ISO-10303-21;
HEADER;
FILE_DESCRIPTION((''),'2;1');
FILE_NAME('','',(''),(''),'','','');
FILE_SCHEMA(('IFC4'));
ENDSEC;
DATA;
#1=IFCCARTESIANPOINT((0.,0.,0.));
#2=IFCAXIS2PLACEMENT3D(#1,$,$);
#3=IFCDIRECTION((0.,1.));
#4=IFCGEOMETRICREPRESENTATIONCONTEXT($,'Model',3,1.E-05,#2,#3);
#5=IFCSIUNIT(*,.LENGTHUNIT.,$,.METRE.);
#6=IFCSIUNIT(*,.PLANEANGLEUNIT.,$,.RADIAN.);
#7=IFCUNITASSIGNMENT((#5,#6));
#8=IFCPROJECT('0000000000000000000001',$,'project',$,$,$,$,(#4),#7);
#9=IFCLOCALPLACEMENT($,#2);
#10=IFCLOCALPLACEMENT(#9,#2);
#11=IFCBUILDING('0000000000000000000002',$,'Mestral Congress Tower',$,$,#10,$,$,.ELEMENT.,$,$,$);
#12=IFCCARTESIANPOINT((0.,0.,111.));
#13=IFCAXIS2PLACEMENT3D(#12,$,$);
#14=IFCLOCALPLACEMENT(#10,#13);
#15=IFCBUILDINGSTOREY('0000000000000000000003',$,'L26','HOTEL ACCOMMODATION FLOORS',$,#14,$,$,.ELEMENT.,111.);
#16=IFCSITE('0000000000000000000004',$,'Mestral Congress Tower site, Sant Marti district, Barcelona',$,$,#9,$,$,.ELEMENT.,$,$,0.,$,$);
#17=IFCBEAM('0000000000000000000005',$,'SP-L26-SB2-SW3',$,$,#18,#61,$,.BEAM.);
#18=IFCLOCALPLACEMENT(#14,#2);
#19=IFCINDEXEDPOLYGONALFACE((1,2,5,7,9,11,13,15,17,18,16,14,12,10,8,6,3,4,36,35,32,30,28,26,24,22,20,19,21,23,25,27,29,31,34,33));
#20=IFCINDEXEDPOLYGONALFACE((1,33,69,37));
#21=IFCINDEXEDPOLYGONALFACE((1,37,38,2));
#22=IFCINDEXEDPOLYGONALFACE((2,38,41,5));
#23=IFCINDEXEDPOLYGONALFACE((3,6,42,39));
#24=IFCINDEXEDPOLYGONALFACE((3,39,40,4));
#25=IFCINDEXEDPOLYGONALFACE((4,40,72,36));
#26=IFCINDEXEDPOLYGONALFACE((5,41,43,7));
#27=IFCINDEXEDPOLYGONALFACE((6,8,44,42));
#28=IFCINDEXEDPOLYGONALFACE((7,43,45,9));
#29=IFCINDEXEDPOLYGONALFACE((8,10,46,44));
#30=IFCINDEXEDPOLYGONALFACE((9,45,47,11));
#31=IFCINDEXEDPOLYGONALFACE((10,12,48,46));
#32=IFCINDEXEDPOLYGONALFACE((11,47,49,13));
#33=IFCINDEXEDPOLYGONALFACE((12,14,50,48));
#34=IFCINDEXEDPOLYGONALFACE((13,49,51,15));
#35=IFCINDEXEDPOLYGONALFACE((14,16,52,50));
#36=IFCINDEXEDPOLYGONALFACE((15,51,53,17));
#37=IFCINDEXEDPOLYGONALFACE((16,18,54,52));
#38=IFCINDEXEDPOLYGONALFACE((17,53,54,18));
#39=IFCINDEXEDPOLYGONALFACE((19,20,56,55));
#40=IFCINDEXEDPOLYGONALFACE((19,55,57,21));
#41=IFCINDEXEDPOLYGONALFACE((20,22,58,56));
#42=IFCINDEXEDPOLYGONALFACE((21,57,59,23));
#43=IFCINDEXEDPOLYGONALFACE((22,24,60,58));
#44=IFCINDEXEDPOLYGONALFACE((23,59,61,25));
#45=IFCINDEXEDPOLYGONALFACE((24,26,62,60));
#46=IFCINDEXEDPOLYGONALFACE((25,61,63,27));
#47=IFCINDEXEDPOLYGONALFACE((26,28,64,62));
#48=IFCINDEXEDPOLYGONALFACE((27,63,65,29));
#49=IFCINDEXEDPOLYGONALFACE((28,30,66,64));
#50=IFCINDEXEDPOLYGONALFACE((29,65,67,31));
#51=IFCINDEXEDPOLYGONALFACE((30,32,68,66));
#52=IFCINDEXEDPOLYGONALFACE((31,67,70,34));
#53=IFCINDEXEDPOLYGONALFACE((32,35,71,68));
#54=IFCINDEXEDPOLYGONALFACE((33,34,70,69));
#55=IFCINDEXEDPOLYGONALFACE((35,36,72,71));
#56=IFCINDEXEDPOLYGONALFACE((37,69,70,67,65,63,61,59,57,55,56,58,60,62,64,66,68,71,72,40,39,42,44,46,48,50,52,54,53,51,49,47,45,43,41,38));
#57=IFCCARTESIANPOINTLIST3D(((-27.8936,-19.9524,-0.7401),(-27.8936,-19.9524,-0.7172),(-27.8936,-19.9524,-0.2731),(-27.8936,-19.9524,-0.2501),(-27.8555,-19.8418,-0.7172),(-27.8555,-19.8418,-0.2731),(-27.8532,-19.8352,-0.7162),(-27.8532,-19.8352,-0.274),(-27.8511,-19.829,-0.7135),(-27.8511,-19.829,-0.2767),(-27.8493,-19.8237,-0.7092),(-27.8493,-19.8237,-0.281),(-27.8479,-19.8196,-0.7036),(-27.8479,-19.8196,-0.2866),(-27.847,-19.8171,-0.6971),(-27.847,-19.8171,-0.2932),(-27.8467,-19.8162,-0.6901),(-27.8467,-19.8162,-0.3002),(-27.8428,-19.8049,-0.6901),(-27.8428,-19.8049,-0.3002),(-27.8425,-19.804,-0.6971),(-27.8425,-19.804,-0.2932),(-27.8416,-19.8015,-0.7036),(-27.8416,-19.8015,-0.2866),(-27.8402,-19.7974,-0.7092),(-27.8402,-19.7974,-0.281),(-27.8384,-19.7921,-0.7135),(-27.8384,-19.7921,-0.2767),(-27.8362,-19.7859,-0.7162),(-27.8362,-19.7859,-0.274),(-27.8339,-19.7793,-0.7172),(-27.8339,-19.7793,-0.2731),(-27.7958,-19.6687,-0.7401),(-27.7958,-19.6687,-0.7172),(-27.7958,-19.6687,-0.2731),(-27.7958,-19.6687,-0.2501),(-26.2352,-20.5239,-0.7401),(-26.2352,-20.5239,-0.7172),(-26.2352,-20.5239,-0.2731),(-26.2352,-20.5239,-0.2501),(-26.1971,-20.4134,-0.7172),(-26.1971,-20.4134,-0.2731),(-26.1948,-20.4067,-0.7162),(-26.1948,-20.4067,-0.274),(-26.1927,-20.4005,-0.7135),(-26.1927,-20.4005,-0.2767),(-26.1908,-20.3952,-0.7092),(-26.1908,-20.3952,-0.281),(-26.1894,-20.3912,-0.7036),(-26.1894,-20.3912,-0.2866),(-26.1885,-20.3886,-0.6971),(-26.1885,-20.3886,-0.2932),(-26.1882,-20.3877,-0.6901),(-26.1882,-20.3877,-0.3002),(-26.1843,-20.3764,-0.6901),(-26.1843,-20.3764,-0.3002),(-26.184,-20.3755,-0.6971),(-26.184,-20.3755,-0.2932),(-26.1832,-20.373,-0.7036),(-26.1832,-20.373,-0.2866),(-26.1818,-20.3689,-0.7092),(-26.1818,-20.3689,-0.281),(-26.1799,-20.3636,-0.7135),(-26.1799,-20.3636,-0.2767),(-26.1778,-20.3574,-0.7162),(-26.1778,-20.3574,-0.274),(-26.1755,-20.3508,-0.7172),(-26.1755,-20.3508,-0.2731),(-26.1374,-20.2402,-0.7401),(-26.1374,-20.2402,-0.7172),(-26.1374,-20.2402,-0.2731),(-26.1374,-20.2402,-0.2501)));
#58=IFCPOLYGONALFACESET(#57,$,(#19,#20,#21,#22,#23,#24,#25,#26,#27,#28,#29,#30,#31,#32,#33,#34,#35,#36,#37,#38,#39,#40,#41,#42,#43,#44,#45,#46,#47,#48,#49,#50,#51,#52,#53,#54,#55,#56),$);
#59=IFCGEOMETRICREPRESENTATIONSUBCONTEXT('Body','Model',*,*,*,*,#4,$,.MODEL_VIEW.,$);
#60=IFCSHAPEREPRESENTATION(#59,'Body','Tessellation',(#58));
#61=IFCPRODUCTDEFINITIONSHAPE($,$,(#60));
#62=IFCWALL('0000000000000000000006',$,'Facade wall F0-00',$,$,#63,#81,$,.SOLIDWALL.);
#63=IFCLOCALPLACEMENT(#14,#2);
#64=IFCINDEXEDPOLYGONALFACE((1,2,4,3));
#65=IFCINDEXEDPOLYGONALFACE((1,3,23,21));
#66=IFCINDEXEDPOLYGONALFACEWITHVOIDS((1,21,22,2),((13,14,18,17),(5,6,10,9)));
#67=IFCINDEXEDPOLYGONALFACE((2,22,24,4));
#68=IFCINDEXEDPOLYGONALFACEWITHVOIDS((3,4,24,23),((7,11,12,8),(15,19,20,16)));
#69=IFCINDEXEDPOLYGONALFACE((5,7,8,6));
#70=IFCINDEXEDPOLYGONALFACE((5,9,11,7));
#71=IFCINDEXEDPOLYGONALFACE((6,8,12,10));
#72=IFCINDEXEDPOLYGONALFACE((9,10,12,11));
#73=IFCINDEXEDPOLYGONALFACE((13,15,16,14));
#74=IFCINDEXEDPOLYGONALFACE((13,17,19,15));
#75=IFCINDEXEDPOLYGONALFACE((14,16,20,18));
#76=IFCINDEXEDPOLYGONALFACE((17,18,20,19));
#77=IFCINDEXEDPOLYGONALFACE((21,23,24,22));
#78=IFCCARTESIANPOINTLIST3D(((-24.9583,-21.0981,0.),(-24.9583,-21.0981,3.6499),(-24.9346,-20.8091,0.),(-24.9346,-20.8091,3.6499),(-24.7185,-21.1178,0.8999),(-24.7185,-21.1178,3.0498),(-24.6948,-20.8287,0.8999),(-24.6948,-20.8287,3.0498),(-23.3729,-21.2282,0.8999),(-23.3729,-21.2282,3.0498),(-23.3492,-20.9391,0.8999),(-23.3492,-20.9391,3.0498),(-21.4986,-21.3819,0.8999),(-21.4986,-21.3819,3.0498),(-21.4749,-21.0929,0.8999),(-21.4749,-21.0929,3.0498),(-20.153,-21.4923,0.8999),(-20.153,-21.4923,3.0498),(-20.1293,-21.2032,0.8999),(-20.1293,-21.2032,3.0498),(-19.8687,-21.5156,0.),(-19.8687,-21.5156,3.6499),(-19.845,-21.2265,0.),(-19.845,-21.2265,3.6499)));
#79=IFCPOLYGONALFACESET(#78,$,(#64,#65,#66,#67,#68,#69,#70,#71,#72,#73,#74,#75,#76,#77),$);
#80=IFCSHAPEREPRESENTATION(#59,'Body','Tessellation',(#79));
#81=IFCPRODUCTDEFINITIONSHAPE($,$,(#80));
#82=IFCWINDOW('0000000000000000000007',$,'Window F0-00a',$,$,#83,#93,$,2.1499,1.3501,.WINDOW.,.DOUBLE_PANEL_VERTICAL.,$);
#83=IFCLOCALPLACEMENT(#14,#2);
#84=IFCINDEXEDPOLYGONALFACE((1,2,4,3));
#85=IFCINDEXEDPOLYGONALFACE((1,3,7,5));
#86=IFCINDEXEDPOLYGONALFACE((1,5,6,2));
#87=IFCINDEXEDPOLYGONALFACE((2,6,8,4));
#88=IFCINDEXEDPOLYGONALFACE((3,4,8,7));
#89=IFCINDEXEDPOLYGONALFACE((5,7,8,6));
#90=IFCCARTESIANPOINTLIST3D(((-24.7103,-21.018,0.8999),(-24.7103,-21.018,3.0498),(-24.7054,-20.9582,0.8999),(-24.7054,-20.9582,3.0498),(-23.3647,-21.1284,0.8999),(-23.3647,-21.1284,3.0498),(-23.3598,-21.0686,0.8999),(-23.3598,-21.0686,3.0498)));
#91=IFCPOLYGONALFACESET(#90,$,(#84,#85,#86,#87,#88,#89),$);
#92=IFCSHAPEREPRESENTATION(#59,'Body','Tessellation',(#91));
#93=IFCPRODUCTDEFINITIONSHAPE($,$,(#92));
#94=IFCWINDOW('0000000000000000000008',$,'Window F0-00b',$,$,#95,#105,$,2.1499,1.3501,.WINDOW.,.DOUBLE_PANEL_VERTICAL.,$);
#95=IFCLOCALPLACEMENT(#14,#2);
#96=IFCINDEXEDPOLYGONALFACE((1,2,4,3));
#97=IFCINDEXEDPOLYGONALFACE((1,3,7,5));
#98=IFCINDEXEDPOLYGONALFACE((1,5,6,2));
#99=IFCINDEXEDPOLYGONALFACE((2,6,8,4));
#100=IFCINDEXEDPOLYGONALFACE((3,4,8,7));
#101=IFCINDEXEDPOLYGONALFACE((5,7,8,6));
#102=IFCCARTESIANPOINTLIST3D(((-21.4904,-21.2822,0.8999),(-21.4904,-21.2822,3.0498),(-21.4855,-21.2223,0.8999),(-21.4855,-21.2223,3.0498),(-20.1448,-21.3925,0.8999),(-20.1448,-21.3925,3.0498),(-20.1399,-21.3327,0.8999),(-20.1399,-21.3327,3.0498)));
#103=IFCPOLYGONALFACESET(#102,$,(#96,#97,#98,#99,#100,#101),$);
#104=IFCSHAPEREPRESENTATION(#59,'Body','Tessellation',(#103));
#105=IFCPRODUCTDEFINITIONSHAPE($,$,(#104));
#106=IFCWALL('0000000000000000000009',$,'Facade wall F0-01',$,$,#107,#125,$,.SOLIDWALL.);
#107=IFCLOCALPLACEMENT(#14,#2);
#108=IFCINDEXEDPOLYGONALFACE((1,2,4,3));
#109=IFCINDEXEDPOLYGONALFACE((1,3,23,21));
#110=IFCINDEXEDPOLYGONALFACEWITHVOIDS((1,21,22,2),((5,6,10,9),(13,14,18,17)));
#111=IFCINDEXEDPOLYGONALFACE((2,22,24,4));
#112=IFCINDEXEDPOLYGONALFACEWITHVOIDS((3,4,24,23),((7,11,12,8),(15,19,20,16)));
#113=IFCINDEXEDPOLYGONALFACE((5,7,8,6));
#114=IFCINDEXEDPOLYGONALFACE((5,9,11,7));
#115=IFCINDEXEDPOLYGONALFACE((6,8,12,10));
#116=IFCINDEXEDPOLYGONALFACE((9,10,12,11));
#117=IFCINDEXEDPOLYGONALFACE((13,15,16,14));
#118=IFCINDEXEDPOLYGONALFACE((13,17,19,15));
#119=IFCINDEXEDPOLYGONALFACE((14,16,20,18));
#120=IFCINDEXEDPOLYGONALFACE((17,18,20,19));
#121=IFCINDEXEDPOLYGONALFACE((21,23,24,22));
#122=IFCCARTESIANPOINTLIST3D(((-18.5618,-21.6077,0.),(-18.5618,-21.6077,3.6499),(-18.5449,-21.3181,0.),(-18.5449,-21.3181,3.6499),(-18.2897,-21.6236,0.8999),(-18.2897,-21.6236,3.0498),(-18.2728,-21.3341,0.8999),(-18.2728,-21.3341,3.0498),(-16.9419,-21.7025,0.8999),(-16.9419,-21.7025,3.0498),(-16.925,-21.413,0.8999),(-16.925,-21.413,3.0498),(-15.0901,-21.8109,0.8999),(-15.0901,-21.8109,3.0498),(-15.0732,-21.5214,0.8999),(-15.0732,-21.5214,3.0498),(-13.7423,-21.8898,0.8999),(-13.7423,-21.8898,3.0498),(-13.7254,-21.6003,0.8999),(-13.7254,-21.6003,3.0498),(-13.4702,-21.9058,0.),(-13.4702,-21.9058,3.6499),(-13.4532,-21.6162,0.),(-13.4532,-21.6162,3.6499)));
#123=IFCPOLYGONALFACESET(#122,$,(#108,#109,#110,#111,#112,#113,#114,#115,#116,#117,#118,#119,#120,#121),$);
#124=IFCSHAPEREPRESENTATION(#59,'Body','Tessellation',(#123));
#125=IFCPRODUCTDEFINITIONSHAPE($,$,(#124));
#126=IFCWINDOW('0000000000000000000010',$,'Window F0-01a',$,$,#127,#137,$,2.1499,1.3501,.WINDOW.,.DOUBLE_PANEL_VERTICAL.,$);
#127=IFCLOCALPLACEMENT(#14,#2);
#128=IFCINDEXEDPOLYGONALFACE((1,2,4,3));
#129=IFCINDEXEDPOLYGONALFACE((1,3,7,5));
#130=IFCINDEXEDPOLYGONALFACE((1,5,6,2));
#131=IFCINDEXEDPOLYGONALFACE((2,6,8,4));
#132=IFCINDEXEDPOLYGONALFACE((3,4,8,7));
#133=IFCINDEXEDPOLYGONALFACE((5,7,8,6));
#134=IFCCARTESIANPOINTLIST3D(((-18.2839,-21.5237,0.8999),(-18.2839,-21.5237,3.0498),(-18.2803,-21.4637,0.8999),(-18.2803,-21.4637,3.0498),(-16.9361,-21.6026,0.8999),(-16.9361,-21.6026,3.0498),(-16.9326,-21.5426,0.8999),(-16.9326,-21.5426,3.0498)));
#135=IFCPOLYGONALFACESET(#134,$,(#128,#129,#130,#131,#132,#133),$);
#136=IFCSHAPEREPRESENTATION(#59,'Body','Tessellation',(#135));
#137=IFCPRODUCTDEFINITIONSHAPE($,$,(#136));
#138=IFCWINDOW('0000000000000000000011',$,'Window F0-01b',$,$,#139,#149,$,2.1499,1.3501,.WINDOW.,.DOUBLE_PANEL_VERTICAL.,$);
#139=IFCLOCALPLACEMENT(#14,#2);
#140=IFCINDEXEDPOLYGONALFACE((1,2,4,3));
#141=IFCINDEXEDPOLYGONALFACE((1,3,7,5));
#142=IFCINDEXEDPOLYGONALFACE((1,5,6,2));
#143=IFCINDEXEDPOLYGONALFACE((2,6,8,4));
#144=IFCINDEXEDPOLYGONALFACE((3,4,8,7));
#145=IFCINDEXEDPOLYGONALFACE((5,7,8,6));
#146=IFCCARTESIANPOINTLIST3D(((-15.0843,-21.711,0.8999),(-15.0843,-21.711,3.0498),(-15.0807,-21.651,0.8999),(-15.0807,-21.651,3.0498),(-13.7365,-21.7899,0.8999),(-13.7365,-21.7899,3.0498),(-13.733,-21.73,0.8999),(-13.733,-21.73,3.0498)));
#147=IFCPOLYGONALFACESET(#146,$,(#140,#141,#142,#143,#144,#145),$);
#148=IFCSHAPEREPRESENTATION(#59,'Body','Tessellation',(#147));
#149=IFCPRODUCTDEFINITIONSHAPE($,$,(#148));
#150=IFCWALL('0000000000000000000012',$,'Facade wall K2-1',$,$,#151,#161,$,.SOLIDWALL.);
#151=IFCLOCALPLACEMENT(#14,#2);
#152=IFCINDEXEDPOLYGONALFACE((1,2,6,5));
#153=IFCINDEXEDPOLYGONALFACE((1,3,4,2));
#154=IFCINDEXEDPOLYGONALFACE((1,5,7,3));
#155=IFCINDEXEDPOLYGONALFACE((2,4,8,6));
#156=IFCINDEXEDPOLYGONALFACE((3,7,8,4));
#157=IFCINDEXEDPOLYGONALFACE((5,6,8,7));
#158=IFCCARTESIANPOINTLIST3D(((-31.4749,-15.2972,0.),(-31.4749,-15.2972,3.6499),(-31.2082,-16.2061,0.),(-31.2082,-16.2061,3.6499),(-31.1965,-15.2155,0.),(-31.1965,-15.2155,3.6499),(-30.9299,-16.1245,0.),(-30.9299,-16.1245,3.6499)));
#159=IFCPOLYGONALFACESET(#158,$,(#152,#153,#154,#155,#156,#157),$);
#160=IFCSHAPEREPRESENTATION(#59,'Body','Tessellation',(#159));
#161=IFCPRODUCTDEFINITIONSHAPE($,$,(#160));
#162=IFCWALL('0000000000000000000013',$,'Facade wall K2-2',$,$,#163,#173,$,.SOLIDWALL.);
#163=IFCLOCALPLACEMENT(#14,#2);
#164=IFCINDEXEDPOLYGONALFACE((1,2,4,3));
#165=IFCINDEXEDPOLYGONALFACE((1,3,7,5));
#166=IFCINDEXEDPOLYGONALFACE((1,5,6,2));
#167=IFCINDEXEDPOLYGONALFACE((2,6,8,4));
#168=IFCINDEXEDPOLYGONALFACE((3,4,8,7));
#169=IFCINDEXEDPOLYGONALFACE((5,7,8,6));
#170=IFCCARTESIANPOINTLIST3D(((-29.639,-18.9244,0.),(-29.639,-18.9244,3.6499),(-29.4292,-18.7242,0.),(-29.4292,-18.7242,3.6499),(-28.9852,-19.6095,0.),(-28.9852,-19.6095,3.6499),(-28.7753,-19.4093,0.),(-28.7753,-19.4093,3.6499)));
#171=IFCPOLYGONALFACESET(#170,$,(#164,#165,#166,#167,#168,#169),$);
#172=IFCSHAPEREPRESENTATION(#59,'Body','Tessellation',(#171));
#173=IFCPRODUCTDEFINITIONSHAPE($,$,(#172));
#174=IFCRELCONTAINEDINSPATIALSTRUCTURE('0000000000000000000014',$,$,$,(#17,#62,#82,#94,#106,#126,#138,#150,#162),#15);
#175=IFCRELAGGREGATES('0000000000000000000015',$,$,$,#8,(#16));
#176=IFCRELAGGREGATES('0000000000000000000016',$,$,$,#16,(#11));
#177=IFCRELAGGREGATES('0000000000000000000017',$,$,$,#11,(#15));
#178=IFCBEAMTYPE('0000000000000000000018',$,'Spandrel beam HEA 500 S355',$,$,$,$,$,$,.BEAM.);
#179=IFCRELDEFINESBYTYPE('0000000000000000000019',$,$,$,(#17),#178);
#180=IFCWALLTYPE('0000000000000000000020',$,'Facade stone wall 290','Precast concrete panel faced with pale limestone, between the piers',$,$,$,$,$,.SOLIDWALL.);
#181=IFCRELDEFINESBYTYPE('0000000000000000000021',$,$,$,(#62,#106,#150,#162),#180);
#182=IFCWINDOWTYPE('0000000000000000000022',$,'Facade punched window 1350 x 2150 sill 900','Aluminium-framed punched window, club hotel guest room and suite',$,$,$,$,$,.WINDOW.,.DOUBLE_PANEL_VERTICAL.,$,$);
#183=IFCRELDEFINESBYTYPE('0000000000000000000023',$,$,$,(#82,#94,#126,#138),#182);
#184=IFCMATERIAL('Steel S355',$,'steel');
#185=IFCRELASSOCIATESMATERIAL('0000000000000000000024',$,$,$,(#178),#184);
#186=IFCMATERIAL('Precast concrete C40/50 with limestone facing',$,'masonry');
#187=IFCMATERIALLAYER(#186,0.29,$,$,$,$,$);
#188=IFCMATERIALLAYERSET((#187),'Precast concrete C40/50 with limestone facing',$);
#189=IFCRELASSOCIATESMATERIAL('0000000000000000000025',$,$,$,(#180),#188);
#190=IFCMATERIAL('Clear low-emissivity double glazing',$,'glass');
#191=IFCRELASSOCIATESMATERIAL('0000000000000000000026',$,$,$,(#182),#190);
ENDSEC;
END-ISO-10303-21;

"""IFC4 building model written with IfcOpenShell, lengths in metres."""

from ifc_helpers import new_model, si_unit, direction, frame, frame_2d, origin, origin_2d, place, context, subcontext, project, spatial, rectangle, i_section, extrude, material, layer, layer_set, material_profile, profile_set, type_object, element, fill, save


model = new_model("IFC4")

# Units and contexts
model_context = context("Model", 3, precision=1e-05, world=origin(), true_north=direction((0.0, 1.0)))
body_context = subcontext(model_context, "Body", "Model", "MODEL_VIEW")
ifc_project = project(units=[si_unit("LENGTHUNIT", "METRE"), si_unit("PLANEANGLEUNIT", "RADIAN")], contexts=[model_context])

# Site, building, storey
site_placement = place(None, origin())
site = spatial("IfcSite", under=ifc_project, at=site_placement, Name="Mestral Congress Tower site, Sant Marti district, Barcelona", CompositionType="ELEMENT", RefElevation=0.0)
building_placement = place(site_placement, origin())
building = spatial("IfcBuilding", under=site, at=building_placement, Name="Mestral Congress Tower", CompositionType="ELEMENT")
storey_placement = place(building_placement, frame((0.0, 0.0, 111.0)))
storey = spatial("IfcBuildingStorey", under=building, at=storey_placement, Name="L26", Description="HOTEL ACCOMMODATION FLOORS", CompositionType="ELEMENT", Elevation=111.0)

# Beam
ifc_material_1 = material(Name="Steel S355", Category="steel")
ifc_material_profile_1 = material_profile(ifc_material_1, i_section(OverallWidth=0.3, OverallDepth=0.49, WebThickness=0.012, FlangeThickness=0.0229, FilletRadius=0.0271, at=origin_2d()), Name="HEA 500")
ifc_profile_set_1 = profile_set([ifc_material_profile_1], Name="Steel S355")
beam_type_1 = type_object("IfcBeamType", Name="Spandrel beam HEA 500 S355", PredefinedType="BEAM", material=ifc_profile_set_1)
beam_1_placement = place(storey_placement, frame((-27.8447, -19.8105, -0.4951), z_axis=(0.945434, -0.325815, 0.0), x_axis=(0.325815, 0.945434, 0.0)))
element("IfcBeam", 1, at=beam_1_placement, inside=storey, type_object=beam_type_1, Name="SP-L26-SB2-SW3", PredefinedType="BEAM", context=body_context, shape_type="SweptSolid", body=[
    extrude(i_section(OverallWidth=0.3, OverallDepth=0.49, WebThickness=0.012, FlangeThickness=0.0229, FilletRadius=0.0271, at=origin_2d()), origin(), (0.0, 0.0, 1.0), 1.7542),
])

# Walls, openings, windows
ifc_material_2 = material(Name="Precast concrete C40/50 with limestone facing", Category="masonry")
ifc_layer_1 = layer(ifc_material_2, 0.29)
ifc_layer_set_1 = layer_set([ifc_layer_1], Name="Precast concrete C40/50 with limestone facing")
wall_type_1 = type_object("IfcWallType", Name="Facade stone wall 290", Description="Precast concrete panel faced with pale limestone, between the piers", PredefinedType="SOLIDWALL", material=ifc_layer_set_1)
wall_1_placement = place(storey_placement, frame((-24.9463, -20.9536, 0.0), z_axis=(0.0, 0.0, 1.0), x_axis=(0.996653, -0.081752, 0.0)))
wall_1 = element("IfcWall", 2, at=wall_1_placement, inside=storey, type_object=wall_type_1, Name="Facade wall F0-00", PredefinedType="SOLIDWALL", context=body_context, shape_type="SweptSolid", body=[
    extrude(rectangle(XDim=5.1067, YDim=0.29, at=frame_2d((2.5532, 0.0))), origin(), (0.0, 0.0, 1.0), 3.6499),
])
opening_1_placement = place(wall_1_placement, frame((0.2405, 0.0, 0.8999)))
opening_1 = element("IfcOpeningElement", 3, at=opening_1_placement, cuts=wall_1, PredefinedType="OPENING", context=body_context, shape_type="SweptSolid", body=[
    extrude(rectangle(XDim=1.3501, YDim=2.1499, at=frame_2d((0.675, 1.075))), frame((0.0, 0.155, 0.0), z_axis=(0.0, -1.0, 0.0), x_axis=(1.0, 0.0, 0.0)), (0.0, 0.0, 1.0), 0.3101),
])
opening_2_placement = place(wall_1_placement, frame((3.4712, 0.0, 0.8999)))
opening_2 = element("IfcOpeningElement", 4, at=opening_2_placement, cuts=wall_1, PredefinedType="OPENING", context=body_context, shape_type="SweptSolid", body=[
    extrude(rectangle(XDim=1.3501, YDim=2.1499, at=frame_2d((0.675, 1.075))), frame((0.0, 0.155, 0.0), z_axis=(0.0, -1.0, 0.0), x_axis=(1.0, 0.0, 0.0)), (0.0, 0.0, 1.0), 0.3101),
])
ifc_material_3 = material(Name="Clear low-emissivity double glazing", Category="glass")
window_type_1 = type_object("IfcWindowType", Name="Facade punched window 1350 x 2150 sill 900", Description="Aluminium-framed punched window, club hotel guest room and suite", PartitioningType="DOUBLE_PANEL_VERTICAL", PredefinedType="WINDOW", material=ifc_material_3)
window_1_placement = place(opening_1_placement, origin())
window_1 = element("IfcWindow", 5, at=window_1_placement, inside=storey, type_object=window_type_1, Name="Window F0-00a", OverallHeight=2.1499, OverallWidth=1.3501, PartitioningType="DOUBLE_PANEL_VERTICAL", PredefinedType="WINDOW", context=body_context, shape_type="SweptSolid", body=[
    extrude(rectangle(XDim=1.3501, YDim=2.1499, at=frame_2d((0.675, 1.075))), frame((0.0, 0.0151, 0.0), z_axis=(0.0, -1.0, 0.0), x_axis=(1.0, 0.0, 0.0)), (0.0, 0.0, 1.0), 0.0601),
])
fill(opening_1, window_1)
window_2_placement = place(opening_2_placement, origin())
window_2 = element("IfcWindow", 6, at=window_2_placement, inside=storey, type_object=window_type_1, Name="Window F0-00b", OverallHeight=2.1499, OverallWidth=1.3501, PartitioningType="DOUBLE_PANEL_VERTICAL", PredefinedType="WINDOW", context=body_context, shape_type="SweptSolid", body=[
    extrude(rectangle(XDim=1.3501, YDim=2.1499, at=frame_2d((0.675, 1.075))), frame((0.0, 0.0151, 0.0), z_axis=(0.0, -1.0, 0.0), x_axis=(1.0, 0.0, 0.0)), (0.0, 0.0, 1.0), 0.0601),
])
fill(opening_2, window_2)
wall_2_placement = place(storey_placement, frame((-18.5535, -21.4629, 0.0), z_axis=(0.0, 0.0, 1.0), x_axis=(0.998291, -0.058447, 0.0)))
wall_2 = element("IfcWall", 7, at=wall_2_placement, inside=storey, type_object=wall_type_1, Name="Facade wall F0-01", PredefinedType="SOLIDWALL", context=body_context, shape_type="SweptSolid", body=[
    extrude(rectangle(XDim=5.1003, YDim=0.29, at=frame_2d((2.5503, 0.0))), origin(), (0.0, 0.0, 1.0), 3.6499),
])
opening_3_placement = place(wall_2_placement, frame((0.2727, 0.0, 0.8999)))
opening_3 = element("IfcOpeningElement", 8, at=opening_3_placement, cuts=wall_2, PredefinedType="OPENING", context=body_context, shape_type="SweptSolid", body=[
    extrude(rectangle(XDim=1.3501, YDim=2.1499, at=frame_2d((0.675, 1.075))), frame((0.0, 0.155, 0.0), z_axis=(0.0, -1.0, 0.0), x_axis=(1.0, 0.0, 0.0)), (0.0, 0.0, 1.0), 0.3101),
])
opening_4_placement = place(wall_2_placement, frame((3.4778, 0.0, 0.8999)))
opening_4 = element("IfcOpeningElement", 9, at=opening_4_placement, cuts=wall_2, PredefinedType="OPENING", context=body_context, shape_type="SweptSolid", body=[
    extrude(rectangle(XDim=1.3501, YDim=2.1499, at=frame_2d((0.675, 1.075))), frame((0.0, 0.155, 0.0), z_axis=(0.0, -1.0, 0.0), x_axis=(1.0, 0.0, 0.0)), (0.0, 0.0, 1.0), 0.3101),
])
window_3_placement = place(opening_3_placement, origin())
window_3 = element("IfcWindow", 10, at=window_3_placement, inside=storey, type_object=window_type_1, Name="Window F0-01a", OverallHeight=2.1499, OverallWidth=1.3501, PartitioningType="DOUBLE_PANEL_VERTICAL", PredefinedType="WINDOW", context=body_context, shape_type="SweptSolid", body=[
    extrude(rectangle(XDim=1.3501, YDim=2.1499, at=frame_2d((0.675, 1.075))), frame((0.0, 0.0151, 0.0), z_axis=(0.0, -1.0, 0.0), x_axis=(1.0, 0.0, 0.0)), (0.0, 0.0, 1.0), 0.0601),
])
fill(opening_3, window_3)
window_4_placement = place(opening_4_placement, origin())
window_4 = element("IfcWindow", 11, at=window_4_placement, inside=storey, type_object=window_type_1, Name="Window F0-01b", OverallHeight=2.1499, OverallWidth=1.3501, PartitioningType="DOUBLE_PANEL_VERTICAL", PredefinedType="WINDOW", context=body_context, shape_type="SweptSolid", body=[
    extrude(rectangle(XDim=1.3501, YDim=2.1499, at=frame_2d((0.675, 1.075))), frame((0.0, 0.0151, 0.0), z_axis=(0.0, -1.0, 0.0), x_axis=(1.0, 0.0, 0.0)), (0.0, 0.0, 1.0), 0.0601),
])
fill(opening_4, window_4)

# Walls
wall_3_placement = place(storey_placement, frame((-31.3357, -15.2563, 0.0), z_axis=(0.0, 0.0, 1.0), x_axis=(0.281455, -0.959575, 0.0)))
element("IfcWall", 12, at=wall_3_placement, inside=storey, type_object=wall_type_1, Name="Facade wall K2-1", PredefinedType="SOLIDWALL", context=body_context, shape_type="SweptSolid", body=[
    extrude(rectangle(XDim=0.9473, YDim=0.29, at=frame_2d((0.4736, 0.0))), origin(), (0.0, 0.0, 1.0), 3.6499),
])
wall_4_placement = place(storey_placement, frame((-29.5342, -18.8242, 0.0), z_axis=(0.0, 0.0, 1.0), x_axis=(0.690414, -0.723414, 0.0)))
element("IfcWall", 13, at=wall_4_placement, inside=storey, type_object=wall_type_1, Name="Facade wall K2-2", PredefinedType="SOLIDWALL", context=body_context, shape_type="SweptSolid", body=[
    extrude(rectangle(XDim=0.947, YDim=0.29, at=frame_2d((0.4736, 0.0))), origin(), (0.0, 0.0, 1.0), 3.6499),
])

save(model, "model.ifc")
